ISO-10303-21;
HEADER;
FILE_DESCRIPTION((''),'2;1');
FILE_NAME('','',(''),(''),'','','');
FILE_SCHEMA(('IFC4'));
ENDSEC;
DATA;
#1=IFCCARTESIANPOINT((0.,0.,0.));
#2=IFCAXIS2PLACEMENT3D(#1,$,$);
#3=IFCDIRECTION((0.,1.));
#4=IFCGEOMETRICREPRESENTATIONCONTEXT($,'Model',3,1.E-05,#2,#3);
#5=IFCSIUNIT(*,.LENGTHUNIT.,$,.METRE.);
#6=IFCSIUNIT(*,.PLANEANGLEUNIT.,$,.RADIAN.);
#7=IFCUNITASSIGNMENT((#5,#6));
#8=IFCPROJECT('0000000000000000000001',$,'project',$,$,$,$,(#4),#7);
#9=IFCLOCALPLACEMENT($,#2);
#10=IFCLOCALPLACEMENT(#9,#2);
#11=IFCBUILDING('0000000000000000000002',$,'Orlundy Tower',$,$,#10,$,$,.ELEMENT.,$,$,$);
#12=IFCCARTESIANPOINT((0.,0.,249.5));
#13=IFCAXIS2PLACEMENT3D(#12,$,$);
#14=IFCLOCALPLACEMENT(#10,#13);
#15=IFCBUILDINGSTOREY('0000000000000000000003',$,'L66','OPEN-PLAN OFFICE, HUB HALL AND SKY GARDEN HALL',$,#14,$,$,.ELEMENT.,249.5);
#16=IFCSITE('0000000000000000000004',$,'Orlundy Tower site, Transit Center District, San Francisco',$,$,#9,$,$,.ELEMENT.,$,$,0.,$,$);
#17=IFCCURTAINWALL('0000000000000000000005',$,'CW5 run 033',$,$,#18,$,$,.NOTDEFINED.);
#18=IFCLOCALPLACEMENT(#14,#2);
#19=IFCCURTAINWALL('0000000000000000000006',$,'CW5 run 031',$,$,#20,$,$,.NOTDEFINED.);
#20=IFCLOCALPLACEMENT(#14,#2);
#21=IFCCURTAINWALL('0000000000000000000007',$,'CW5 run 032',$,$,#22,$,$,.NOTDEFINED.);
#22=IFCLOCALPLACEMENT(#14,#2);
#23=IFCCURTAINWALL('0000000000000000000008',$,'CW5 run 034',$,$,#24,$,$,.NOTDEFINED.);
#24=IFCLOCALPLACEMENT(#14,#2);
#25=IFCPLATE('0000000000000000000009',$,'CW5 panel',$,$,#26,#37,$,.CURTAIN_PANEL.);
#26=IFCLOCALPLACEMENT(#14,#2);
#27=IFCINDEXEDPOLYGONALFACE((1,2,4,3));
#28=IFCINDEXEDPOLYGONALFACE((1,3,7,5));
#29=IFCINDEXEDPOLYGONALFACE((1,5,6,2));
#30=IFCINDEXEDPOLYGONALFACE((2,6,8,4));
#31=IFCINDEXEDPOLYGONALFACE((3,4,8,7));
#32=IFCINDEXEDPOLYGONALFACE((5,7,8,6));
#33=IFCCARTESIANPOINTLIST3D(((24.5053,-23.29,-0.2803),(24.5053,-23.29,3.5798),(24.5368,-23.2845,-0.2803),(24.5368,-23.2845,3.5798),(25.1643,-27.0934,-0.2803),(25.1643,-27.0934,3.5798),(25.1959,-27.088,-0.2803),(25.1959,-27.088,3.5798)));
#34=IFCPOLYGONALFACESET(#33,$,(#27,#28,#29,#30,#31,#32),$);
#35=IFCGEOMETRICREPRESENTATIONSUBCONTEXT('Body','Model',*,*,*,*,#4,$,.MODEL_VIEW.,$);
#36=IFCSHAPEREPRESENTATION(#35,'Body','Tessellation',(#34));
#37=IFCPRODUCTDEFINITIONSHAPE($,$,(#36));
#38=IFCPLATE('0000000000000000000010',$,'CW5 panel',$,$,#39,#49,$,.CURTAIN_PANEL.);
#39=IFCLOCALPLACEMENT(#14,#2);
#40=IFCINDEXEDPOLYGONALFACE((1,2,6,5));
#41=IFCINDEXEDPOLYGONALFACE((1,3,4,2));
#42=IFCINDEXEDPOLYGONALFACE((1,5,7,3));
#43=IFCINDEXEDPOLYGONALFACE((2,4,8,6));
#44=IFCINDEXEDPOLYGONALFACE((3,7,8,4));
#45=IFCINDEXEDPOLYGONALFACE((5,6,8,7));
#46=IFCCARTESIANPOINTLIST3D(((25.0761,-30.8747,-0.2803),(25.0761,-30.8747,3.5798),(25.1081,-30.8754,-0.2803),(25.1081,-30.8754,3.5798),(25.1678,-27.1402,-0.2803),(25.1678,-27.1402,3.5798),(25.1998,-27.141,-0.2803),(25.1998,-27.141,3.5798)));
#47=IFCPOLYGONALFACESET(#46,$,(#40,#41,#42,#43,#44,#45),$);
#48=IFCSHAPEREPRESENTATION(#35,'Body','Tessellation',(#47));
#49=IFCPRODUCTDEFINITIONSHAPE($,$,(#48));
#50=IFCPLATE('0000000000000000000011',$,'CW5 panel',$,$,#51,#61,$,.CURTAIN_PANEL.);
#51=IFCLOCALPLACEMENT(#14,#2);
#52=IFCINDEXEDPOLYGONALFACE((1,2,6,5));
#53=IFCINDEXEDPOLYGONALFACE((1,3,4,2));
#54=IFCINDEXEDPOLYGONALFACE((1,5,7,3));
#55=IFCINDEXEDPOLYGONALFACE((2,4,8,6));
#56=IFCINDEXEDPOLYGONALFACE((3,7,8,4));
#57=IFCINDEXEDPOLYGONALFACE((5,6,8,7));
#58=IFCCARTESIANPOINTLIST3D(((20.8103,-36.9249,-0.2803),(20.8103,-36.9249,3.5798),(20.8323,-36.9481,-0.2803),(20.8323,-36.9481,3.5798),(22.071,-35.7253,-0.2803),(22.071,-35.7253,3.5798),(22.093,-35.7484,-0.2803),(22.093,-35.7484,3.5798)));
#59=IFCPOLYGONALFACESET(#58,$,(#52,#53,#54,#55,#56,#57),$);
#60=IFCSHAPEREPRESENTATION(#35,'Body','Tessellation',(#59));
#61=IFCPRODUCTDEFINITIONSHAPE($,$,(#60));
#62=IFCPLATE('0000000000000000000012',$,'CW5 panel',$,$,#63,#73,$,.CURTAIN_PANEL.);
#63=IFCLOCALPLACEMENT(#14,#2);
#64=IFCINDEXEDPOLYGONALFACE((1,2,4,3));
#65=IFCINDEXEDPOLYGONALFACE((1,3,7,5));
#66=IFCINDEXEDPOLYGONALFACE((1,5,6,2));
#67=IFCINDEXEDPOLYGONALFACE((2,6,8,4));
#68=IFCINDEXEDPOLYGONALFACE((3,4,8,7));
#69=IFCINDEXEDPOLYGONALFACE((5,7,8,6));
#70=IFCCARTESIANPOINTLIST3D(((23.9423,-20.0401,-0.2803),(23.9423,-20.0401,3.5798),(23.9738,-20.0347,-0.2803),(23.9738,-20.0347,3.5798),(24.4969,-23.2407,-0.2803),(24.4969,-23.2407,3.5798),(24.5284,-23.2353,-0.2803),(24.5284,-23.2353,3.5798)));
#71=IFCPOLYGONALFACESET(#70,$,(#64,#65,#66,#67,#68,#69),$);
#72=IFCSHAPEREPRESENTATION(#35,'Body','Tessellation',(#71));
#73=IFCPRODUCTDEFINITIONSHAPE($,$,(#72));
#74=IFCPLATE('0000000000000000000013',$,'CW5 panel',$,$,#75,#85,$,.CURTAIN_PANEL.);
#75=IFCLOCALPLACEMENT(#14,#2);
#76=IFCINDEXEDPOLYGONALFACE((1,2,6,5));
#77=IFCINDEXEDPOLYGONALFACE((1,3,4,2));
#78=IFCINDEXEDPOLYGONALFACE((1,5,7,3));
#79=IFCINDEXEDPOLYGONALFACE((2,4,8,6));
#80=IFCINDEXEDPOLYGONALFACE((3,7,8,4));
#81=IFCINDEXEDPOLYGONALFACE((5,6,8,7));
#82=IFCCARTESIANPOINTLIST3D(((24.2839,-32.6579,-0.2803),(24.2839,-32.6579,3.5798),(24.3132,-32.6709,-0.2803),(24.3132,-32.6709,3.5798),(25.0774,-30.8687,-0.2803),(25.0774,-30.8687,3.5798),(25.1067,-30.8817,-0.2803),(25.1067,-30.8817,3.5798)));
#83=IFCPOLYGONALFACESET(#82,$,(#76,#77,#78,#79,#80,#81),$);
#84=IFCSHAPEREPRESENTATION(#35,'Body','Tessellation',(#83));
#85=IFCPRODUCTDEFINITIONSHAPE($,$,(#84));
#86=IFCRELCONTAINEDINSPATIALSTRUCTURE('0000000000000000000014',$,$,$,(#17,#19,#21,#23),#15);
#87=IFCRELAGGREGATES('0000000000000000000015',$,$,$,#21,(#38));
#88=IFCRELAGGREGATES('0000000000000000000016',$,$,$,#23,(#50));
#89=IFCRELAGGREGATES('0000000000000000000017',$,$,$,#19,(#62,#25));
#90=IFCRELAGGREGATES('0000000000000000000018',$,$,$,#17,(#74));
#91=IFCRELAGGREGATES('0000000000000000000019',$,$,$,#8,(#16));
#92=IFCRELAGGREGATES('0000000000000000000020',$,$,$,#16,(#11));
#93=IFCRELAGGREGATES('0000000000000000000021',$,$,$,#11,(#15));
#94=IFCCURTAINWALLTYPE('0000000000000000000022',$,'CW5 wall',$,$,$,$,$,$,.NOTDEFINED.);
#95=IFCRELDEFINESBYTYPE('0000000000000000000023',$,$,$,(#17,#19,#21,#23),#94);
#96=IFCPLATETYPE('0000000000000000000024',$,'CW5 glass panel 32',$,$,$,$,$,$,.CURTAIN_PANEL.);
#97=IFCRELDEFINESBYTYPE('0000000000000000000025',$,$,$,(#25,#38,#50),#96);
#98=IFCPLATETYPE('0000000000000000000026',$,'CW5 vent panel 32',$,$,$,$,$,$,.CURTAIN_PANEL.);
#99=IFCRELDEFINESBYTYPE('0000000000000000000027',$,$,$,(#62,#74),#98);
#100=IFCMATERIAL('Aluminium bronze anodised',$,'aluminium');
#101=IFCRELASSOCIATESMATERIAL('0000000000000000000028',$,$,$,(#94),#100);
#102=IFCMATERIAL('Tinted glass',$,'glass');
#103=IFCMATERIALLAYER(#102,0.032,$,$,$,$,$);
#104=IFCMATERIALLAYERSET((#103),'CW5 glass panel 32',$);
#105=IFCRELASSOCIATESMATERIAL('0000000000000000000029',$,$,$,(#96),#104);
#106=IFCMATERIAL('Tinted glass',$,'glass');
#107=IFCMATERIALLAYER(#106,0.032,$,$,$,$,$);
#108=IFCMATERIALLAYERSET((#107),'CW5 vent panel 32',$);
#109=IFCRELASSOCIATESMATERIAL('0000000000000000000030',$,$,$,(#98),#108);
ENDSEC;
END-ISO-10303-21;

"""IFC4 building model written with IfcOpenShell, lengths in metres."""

from ifc_helpers import new_model, si_unit, direction, frame, origin, origin_2d, place, context, subcontext, project, spatial, rectangle, extrude, material, layer, layer_set, type_object, element, aggregate, save


model = new_model("IFC4")

# Units and contexts
model_context = context("Model", 3, precision=1e-05, world=origin(), true_north=direction((0.0, 1.0)))
body_context = subcontext(model_context, "Body", "Model", "MODEL_VIEW")
ifc_project = project(units=[si_unit("LENGTHUNIT", "METRE"), si_unit("PLANEANGLEUNIT", "RADIAN")], contexts=[model_context])

# Site, building, storey
site_placement = place(None, origin())
site = spatial("IfcSite", under=ifc_project, at=site_placement, Name="Orlundy Tower site, Transit Center District, San Francisco", CompositionType="ELEMENT", RefElevation=0.0)
building_placement = place(site_placement, origin())
building = spatial("IfcBuilding", under=site, at=building_placement, Name="Orlundy Tower", CompositionType="ELEMENT")
storey_placement = place(building_placement, frame((0.0, 0.0, 249.5)))
storey = spatial("IfcBuildingStorey", under=building, at=storey_placement, Name="L66", Description="OPEN-PLAN OFFICE, HUB HALL AND SKY GARDEN HALL", CompositionType="ELEMENT", Elevation=249.5)

# Curtain walls
ifc_material_1 = material(Name="Aluminium bronze anodised", Category="aluminium")
curtain_wall_type = type_object("IfcCurtainWallType", Name="CW5 wall", PredefinedType="NOTDEFINED", material=ifc_material_1)
curtain_wall_1_placement = place(storey_placement, origin())
curtain_wall_1 = element("IfcCurtainWall", 1, at=curtain_wall_1_placement, inside=storey, type_object=curtain_wall_type, Name="CW5 run 033", PredefinedType="NOTDEFINED")
curtain_wall_2_placement = place(storey_placement, origin())
curtain_wall_2 = element("IfcCurtainWall", 2, at=curtain_wall_2_placement, inside=storey, type_object=curtain_wall_type, Name="CW5 run 031", PredefinedType="NOTDEFINED")
curtain_wall_3_placement = place(storey_placement, origin())
curtain_wall_3 = element("IfcCurtainWall", 3, at=curtain_wall_3_placement, inside=storey, type_object=curtain_wall_type, Name="CW5 run 032", PredefinedType="NOTDEFINED")

# Curtain wall
curtain_wall_4_placement = place(storey_placement, origin())
curtain_wall_4 = element("IfcCurtainWall", 4, at=curtain_wall_4_placement, inside=storey, type_object=curtain_wall_type, Name="CW5 run 034", PredefinedType="NOTDEFINED")

# Plates
ifc_material_2 = material(Name="Tinted glass", Category="glass")
ifc_layer_1 = layer(ifc_material_2, 0.032)
ifc_layer_set_1 = layer_set([ifc_layer_1], Name="CW5 glass panel 32")
plate_type_1 = type_object("IfcPlateType", Name="CW5 glass panel 32", PredefinedType="CURTAIN_PANEL", material=ifc_layer_set_1)
plate_1_placement = place(storey_placement, frame((24.8506, -25.189, -0.2803), z_axis=(0.0, 0.0, 1.0), x_axis=(0.170729, -0.985318, 0.0)))
plate_1 = element("IfcPlate", 5, at=plate_1_placement, type_object=plate_type_1, Name="CW5 panel", PredefinedType="CURTAIN_PANEL", context=body_context, shape_type="SweptSolid", body=[
    extrude(rectangle(XDim=3.8601, YDim=0.032, at=origin_2d()), origin(), (0.0, 0.0, 1.0), 3.8601),
])
plate_2_placement = place(storey_placement, frame((25.1379, -29.0078, -0.2803), z_axis=(0.0, 0.0, 1.0), x_axis=(-0.024554, -0.999699, 0.0)))
plate_2 = element("IfcPlate", 6, at=plate_2_placement, type_object=plate_type_1, Name="CW5 panel", PredefinedType="CURTAIN_PANEL", context=body_context, shape_type="SweptSolid", body=[
    extrude(rectangle(XDim=3.7356, YDim=0.032, at=origin_2d()), origin(), (0.0, 0.0, 1.0), 3.8601),
])
aggregate(curtain_wall_3, [plate_2])
plate_3_placement = place(storey_placement, frame((21.4517, -36.3367, -0.2803), z_axis=(0.0, 0.0, 1.0), x_axis=(-0.724427, -0.689352, 0.0)))
plate_3 = element("IfcPlate", 7, at=plate_3_placement, type_object=plate_type_1, Name="CW5 panel", PredefinedType="CURTAIN_PANEL", context=body_context, shape_type="SweptSolid", body=[
    extrude(rectangle(XDim=1.7402, YDim=0.032, at=origin_2d()), origin(), (0.0, 0.0, 1.0), 3.8601),
])
aggregate(curtain_wall_4, [plate_3])
ifc_material_3 = material(Name="Tinted glass", Category="glass")
ifc_layer_2 = layer(ifc_material_3, 0.032)
ifc_layer_set_2 = layer_set([ifc_layer_2], Name="CW5 vent panel 32")
plate_type_2 = type_object("IfcPlateType", Name="CW5 vent panel 32", PredefinedType="CURTAIN_PANEL", material=ifc_layer_set_2)
plate_4_placement = place(storey_placement, frame((24.2354, -21.6377, -0.2803), z_axis=(0.0, 0.0, 1.0), x_axis=(0.170729, -0.985318, 0.0)))
plate_4 = element("IfcPlate", 8, at=plate_4_placement, type_object=plate_type_2, Name="CW5 panel", PredefinedType="CURTAIN_PANEL", context=body_context, shape_type="SweptSolid", body=[
    extrude(rectangle(XDim=3.2483, YDim=0.032, at=origin_2d()), origin(), (0.0, 0.0, 1.0), 3.8601),
])
aggregate(curtain_wall_2, [plate_4, plate_1])
plate_5_placement = place(storey_placement, frame((24.6953, -31.7698, -0.2803), z_axis=(0.0, 0.0, 1.0), x_axis=(-0.405413, -0.914134, 0.0)))
plate_5 = element("IfcPlate", 9, at=plate_5_placement, type_object=plate_type_2, Name="CW5 panel", PredefinedType="CURTAIN_PANEL", context=body_context, shape_type="SweptSolid", body=[
    extrude(rectangle(XDim=1.9573, YDim=0.032, at=origin_2d()), origin(), (0.0, 0.0, 1.0), 3.8601),
])
aggregate(curtain_wall_1, [plate_5])

save(model, "model.ifc")
